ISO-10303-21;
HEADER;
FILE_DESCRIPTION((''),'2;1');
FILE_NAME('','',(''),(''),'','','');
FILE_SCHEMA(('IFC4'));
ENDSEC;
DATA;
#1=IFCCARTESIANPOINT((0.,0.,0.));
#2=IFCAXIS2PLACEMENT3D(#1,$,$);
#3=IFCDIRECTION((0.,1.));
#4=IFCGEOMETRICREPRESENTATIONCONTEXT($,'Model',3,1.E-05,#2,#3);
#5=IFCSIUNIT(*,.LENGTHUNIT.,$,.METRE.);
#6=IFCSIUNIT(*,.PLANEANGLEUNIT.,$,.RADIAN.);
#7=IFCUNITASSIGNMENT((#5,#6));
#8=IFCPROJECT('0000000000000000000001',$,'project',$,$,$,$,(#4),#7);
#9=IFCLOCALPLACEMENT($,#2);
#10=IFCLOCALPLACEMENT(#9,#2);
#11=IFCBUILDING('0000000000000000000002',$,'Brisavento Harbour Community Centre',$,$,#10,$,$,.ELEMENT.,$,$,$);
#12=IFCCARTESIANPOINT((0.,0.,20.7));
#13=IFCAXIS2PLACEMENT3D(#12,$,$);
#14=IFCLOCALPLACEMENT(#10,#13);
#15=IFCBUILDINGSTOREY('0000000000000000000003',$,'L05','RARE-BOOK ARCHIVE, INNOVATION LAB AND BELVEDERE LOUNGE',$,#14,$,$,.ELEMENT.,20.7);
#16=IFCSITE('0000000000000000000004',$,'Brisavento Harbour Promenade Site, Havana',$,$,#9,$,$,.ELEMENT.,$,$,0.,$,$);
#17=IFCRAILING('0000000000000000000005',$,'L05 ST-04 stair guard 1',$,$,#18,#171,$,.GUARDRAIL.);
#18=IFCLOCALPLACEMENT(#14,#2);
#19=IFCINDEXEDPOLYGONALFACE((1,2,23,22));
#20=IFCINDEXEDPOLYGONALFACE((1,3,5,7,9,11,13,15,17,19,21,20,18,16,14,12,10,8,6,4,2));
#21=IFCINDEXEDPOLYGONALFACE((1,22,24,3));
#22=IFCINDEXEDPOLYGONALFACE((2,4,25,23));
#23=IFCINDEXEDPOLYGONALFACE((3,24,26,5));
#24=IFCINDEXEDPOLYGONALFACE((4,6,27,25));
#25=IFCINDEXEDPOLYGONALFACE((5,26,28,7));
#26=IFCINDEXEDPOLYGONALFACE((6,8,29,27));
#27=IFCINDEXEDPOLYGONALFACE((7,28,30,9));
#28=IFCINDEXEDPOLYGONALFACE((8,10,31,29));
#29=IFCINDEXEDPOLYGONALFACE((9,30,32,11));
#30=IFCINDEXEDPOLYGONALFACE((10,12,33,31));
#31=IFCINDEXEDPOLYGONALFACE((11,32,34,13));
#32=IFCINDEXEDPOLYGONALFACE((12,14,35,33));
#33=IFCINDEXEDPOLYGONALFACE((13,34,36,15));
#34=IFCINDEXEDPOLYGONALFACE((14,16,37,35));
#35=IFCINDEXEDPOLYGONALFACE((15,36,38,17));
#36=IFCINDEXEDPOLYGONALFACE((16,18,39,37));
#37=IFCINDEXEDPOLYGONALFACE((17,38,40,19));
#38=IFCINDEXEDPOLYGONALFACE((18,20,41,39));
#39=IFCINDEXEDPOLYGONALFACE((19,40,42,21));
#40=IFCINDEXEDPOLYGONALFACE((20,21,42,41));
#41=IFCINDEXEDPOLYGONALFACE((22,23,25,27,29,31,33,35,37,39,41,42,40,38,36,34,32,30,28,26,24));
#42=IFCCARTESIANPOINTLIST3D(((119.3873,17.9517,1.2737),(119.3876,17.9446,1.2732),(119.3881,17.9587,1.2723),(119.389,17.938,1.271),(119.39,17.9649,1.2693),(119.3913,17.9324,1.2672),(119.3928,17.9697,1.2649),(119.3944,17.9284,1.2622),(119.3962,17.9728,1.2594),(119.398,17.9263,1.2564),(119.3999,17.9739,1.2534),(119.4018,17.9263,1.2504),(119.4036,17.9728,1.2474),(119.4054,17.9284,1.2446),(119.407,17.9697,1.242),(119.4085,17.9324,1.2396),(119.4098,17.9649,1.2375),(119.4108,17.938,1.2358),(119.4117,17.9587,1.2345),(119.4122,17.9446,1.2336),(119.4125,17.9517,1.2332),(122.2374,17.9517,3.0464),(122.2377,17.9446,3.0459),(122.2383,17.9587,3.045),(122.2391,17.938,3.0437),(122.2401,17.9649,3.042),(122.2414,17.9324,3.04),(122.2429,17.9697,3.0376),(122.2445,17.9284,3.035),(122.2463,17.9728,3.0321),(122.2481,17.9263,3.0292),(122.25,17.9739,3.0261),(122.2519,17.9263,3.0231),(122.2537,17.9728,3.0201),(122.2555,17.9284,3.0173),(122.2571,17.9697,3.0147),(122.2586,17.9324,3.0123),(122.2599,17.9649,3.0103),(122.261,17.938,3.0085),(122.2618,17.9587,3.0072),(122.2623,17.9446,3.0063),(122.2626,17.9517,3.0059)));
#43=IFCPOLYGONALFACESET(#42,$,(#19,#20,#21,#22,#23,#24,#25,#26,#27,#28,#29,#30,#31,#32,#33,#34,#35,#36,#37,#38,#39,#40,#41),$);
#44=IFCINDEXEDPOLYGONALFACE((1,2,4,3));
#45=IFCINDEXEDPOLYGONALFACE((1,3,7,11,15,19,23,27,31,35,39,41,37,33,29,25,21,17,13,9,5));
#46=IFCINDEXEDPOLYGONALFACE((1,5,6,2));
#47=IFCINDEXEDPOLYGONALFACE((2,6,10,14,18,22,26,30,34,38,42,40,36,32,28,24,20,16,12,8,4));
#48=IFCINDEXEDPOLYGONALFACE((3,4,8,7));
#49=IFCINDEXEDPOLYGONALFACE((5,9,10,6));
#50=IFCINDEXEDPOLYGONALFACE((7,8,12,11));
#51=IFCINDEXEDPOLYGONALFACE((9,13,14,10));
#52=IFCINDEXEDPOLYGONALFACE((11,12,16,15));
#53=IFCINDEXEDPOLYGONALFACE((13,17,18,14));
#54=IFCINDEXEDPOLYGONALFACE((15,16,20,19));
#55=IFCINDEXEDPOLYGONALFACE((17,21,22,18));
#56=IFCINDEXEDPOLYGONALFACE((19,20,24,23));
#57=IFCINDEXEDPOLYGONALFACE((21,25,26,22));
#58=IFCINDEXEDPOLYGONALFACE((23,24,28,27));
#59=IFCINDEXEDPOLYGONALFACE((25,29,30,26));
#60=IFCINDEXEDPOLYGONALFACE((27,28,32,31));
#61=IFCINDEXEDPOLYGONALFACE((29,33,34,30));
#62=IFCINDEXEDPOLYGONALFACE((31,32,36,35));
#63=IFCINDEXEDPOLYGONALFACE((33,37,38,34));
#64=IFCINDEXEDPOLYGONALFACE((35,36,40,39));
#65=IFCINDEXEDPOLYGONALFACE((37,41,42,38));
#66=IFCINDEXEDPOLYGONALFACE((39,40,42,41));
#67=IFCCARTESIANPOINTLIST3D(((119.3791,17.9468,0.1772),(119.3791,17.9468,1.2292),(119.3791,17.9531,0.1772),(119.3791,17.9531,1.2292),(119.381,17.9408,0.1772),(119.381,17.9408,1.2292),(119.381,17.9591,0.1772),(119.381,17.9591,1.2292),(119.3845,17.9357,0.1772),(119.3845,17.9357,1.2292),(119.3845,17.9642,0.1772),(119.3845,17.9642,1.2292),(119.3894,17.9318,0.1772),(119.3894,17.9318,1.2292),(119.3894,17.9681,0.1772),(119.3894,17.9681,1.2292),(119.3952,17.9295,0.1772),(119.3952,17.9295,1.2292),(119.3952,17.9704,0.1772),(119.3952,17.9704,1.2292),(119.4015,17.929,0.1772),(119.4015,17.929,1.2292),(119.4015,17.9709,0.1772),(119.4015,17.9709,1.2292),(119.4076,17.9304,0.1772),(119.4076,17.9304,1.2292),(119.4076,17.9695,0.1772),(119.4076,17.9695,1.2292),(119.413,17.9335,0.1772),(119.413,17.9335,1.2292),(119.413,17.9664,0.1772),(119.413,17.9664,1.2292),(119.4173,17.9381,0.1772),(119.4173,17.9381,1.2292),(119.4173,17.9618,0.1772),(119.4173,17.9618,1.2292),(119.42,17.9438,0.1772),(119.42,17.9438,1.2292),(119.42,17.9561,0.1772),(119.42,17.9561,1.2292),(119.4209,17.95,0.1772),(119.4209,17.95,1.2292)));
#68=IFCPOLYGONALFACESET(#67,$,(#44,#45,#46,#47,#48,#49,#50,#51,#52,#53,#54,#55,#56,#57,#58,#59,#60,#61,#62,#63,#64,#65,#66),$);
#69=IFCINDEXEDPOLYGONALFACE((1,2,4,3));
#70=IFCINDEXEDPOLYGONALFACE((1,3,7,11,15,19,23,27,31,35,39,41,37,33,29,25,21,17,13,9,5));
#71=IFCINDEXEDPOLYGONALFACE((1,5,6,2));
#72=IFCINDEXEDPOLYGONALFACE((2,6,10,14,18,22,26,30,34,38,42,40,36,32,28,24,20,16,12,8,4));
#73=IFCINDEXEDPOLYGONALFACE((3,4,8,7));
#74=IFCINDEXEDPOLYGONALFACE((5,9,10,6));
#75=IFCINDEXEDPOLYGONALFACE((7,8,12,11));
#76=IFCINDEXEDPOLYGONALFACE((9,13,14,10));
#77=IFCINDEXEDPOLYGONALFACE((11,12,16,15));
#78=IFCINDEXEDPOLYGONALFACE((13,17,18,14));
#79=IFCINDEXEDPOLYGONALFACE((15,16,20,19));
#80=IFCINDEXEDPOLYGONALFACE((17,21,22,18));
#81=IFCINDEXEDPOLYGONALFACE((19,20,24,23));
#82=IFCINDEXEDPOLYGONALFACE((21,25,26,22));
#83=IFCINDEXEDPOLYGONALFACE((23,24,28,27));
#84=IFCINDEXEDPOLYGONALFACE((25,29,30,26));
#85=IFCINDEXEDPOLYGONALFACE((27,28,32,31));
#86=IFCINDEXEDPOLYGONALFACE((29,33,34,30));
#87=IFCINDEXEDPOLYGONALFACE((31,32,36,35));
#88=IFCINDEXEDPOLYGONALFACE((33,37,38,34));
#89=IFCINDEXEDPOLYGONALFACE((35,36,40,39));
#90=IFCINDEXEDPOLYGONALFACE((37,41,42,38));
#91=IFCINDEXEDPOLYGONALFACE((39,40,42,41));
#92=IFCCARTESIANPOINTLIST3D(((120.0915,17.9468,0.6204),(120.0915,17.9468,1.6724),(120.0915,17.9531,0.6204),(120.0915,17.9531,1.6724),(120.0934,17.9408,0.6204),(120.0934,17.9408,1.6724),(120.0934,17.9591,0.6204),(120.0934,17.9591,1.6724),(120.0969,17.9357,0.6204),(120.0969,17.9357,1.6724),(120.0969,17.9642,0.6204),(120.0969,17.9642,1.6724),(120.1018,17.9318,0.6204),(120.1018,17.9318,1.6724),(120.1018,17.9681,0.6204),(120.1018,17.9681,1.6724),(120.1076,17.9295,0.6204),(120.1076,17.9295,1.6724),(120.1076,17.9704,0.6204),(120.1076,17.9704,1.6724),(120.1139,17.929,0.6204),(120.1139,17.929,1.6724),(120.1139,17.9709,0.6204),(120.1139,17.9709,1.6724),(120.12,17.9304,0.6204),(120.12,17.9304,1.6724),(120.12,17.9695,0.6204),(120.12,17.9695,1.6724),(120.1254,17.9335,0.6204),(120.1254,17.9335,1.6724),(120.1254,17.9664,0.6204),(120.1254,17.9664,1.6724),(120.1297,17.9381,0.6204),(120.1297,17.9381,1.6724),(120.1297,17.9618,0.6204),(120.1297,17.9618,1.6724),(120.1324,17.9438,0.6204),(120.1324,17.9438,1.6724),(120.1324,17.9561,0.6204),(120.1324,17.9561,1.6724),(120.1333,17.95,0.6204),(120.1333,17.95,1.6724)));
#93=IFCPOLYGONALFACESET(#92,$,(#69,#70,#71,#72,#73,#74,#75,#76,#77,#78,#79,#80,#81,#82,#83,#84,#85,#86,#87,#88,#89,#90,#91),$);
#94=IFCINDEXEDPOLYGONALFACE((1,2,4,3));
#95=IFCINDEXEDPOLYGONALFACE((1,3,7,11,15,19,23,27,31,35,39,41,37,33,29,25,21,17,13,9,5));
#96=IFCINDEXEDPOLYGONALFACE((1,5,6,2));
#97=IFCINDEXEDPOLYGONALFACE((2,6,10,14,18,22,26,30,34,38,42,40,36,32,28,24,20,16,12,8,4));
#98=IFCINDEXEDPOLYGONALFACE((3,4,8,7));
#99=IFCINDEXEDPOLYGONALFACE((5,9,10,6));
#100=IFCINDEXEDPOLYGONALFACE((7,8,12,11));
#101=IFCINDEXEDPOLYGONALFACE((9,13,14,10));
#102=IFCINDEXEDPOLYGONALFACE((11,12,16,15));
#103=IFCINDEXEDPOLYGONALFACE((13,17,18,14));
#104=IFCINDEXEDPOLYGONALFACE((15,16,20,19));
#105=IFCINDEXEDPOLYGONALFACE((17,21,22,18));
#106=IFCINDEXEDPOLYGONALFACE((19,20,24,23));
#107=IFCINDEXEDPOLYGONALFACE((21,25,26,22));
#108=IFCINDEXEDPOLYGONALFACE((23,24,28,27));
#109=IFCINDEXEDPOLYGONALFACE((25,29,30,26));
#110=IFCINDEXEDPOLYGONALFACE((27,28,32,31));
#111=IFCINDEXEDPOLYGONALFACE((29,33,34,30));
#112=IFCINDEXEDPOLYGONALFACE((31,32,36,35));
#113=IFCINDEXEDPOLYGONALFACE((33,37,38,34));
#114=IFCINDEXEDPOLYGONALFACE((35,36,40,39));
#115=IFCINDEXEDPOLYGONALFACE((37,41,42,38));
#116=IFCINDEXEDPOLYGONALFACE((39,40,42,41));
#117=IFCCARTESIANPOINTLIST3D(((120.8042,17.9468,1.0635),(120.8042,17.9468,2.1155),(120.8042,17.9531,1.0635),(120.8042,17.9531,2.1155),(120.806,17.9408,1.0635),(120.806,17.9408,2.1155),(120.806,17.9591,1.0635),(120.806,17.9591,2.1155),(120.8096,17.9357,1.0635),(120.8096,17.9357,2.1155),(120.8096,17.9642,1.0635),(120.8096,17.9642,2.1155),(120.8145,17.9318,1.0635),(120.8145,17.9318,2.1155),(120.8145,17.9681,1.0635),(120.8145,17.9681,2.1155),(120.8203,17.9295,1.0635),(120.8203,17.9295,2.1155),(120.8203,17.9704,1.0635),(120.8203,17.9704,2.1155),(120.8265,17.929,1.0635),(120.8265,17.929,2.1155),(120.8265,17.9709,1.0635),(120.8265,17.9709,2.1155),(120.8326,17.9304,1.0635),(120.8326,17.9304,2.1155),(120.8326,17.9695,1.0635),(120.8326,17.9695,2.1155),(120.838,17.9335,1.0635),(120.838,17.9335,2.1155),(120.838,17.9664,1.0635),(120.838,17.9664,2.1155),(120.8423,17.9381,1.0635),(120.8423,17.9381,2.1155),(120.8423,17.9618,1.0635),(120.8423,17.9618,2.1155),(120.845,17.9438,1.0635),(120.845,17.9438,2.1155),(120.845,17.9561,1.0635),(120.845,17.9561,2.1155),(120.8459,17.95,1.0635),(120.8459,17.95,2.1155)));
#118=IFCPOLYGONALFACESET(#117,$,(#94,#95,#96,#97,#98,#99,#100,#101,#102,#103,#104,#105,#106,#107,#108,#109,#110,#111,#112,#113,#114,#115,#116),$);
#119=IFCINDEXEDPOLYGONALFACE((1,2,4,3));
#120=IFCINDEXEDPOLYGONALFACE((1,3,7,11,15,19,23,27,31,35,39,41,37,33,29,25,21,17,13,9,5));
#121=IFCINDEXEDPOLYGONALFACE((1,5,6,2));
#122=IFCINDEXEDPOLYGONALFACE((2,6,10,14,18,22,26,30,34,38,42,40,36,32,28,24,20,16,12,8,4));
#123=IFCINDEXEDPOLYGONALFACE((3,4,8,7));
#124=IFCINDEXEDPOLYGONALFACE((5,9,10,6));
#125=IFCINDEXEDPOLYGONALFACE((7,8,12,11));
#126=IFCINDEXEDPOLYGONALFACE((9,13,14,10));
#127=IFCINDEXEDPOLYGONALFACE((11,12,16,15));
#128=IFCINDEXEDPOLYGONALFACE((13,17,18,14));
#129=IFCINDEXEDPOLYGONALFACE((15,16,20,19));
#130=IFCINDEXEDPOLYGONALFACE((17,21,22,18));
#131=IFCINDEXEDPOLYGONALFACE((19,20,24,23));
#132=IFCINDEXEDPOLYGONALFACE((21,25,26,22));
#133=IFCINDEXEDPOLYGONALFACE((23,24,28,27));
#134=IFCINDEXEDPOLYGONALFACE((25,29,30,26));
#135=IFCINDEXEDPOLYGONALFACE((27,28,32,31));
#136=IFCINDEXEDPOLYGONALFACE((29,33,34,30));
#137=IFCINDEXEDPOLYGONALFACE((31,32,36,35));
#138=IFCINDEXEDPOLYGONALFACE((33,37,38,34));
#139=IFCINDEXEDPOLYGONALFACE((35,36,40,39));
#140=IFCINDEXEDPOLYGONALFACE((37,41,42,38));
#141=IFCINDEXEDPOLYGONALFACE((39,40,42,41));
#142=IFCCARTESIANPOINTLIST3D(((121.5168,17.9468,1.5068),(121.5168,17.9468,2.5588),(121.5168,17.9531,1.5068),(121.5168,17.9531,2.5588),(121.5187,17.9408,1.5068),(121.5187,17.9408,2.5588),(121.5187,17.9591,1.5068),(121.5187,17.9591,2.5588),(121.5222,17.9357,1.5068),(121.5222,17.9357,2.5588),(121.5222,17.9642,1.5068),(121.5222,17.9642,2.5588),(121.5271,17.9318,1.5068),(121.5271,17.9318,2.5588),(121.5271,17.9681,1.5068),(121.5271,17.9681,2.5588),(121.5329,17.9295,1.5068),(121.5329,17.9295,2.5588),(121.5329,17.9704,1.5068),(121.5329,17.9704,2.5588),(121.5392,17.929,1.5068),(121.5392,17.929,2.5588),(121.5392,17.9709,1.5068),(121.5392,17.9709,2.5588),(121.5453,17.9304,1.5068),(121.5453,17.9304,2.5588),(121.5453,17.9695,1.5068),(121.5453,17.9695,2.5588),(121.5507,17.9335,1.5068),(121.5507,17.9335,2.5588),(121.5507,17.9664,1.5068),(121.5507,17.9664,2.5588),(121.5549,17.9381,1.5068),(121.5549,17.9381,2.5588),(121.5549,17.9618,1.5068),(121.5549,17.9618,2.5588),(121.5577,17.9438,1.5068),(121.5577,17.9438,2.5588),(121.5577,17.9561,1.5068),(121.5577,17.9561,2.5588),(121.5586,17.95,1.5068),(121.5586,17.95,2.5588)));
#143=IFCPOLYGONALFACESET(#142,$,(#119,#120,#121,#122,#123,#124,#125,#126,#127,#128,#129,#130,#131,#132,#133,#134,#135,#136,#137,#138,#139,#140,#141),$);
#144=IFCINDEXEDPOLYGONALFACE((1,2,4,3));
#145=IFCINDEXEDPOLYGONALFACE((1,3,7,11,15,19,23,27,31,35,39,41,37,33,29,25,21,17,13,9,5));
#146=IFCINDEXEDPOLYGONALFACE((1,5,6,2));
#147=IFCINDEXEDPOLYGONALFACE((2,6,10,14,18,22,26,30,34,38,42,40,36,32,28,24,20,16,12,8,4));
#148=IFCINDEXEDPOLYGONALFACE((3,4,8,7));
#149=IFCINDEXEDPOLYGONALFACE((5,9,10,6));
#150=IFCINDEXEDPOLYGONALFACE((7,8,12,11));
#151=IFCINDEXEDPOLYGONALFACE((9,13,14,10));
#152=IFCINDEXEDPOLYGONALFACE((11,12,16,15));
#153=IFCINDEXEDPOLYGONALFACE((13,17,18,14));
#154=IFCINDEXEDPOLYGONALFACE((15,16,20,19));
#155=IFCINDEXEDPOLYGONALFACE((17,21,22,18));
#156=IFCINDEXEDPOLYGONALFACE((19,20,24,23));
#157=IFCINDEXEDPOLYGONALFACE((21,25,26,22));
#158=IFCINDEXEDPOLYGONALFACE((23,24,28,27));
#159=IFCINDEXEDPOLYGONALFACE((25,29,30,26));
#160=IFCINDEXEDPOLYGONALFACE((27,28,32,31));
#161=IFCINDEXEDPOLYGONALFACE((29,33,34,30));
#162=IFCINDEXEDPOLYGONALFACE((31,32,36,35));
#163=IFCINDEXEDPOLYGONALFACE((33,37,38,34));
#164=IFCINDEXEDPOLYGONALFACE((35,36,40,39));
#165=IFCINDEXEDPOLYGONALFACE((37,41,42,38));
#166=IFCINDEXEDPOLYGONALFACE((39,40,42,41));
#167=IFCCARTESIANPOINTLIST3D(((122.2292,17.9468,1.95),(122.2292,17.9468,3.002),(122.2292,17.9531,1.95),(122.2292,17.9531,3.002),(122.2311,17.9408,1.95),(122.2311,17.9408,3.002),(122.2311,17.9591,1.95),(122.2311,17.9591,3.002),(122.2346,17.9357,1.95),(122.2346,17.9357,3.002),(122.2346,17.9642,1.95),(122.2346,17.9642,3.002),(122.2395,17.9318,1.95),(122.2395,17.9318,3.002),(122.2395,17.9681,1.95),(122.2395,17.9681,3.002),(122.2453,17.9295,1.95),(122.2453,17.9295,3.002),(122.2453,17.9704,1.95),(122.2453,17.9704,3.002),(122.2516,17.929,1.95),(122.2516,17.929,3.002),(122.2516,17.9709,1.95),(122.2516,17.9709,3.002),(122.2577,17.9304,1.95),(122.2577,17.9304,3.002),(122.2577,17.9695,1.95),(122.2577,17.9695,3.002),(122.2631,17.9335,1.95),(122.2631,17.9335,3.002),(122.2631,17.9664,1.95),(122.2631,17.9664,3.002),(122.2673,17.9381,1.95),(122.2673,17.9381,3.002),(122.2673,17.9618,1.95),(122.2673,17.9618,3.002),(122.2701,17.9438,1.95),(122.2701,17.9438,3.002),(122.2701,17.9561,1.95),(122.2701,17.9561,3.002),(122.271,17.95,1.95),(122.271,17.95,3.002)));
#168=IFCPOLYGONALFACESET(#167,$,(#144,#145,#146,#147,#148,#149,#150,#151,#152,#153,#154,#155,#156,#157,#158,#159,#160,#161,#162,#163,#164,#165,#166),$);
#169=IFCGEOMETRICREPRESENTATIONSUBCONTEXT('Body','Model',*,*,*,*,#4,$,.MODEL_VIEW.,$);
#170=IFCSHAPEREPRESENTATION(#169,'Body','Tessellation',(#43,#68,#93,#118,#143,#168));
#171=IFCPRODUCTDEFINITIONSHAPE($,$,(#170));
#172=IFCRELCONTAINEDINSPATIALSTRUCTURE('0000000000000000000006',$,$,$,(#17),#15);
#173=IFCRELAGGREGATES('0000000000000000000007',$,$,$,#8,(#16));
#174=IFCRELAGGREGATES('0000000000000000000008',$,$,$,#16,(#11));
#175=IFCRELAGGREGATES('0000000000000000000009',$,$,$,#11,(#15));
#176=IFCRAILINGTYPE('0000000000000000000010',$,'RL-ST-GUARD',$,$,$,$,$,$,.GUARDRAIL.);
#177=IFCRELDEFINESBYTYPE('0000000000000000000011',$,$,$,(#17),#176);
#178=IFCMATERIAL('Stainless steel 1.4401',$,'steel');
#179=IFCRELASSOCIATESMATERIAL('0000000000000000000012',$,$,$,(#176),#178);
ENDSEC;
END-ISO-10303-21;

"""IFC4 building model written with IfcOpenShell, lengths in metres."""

from ifc_helpers import new_model, si_unit, direction, frame, origin, origin_2d, place, context, subcontext, project, spatial, circle, extrude, material, type_object, element, save


model = new_model("IFC4")

# Units and contexts
model_context = context("Model", 3, precision=1e-05, world=origin(), true_north=direction((0.0, 1.0)))
body_context = subcontext(model_context, "Body", "Model", "MODEL_VIEW")
ifc_project = project(units=[si_unit("LENGTHUNIT", "METRE"), si_unit("PLANEANGLEUNIT", "RADIAN")], contexts=[model_context])

# Site, building, storey
site_placement = place(None, origin())
site = spatial("IfcSite", under=ifc_project, at=site_placement, Name="Brisavento Harbour Promenade Site, Havana", CompositionType="ELEMENT", RefElevation=0.0)
building_placement = place(site_placement, origin())
building = spatial("IfcBuilding", under=site, at=building_placement, Name="Brisavento Harbour Community Centre", CompositionType="ELEMENT")
storey_placement = place(building_placement, frame((0.0, 0.0, 20.7)))
storey = spatial("IfcBuildingStorey", under=building, at=storey_placement, Name="L05", Description="RARE-BOOK ARCHIVE, INNOVATION LAB AND BELVEDERE LOUNGE", CompositionType="ELEMENT", Elevation=20.7)

# Railing
ifc_material_1 = material(Name="Stainless steel 1.4401", Category="steel")
railing_type_1 = type_object("IfcRailingType", Name="RL-ST-GUARD", PredefinedType="GUARDRAIL", material=ifc_material_1)
railing_1_placement = place(storey_placement, frame((119.3999, 17.95, 0.1772)))
element("IfcRailing", 1, at=railing_1_placement, inside=storey, type_object=railing_type_1, Name="L05 ST-04 stair guard 1", PredefinedType="GUARDRAIL", context=body_context, shape_type="SweptSolid", body=[
    extrude(circle(Radius=0.0239, at=origin_2d()), frame((0.0, 0.0, 1.0762), z_axis=(0.849149, 0.0, 0.528154), x_axis=(0.0, 1.0, 0.0)), (0.0, 0.0, 1.0), 3.3564),
    extrude(circle(Radius=0.021, at=origin_2d()), origin(), (0.0, 0.0, 1.0), 1.052),
    extrude(circle(Radius=0.021, at=origin_2d()), frame((0.7124, 0.0, 0.4431)), (0.0, 0.0, 1.0), 1.052),
    extrude(circle(Radius=0.021, at=origin_2d()), frame((1.425, 0.0, 0.8862)), (0.0, 0.0, 1.0), 1.052),
    extrude(circle(Radius=0.021, at=origin_2d()), frame((2.1377, 0.0, 1.3296)), (0.0, 0.0, 1.0), 1.052),
    extrude(circle(Radius=0.021, at=origin_2d()), frame((2.8501, 0.0, 1.7727)), (0.0, 0.0, 1.0), 1.052),
])

save(model, "model.ifc")
